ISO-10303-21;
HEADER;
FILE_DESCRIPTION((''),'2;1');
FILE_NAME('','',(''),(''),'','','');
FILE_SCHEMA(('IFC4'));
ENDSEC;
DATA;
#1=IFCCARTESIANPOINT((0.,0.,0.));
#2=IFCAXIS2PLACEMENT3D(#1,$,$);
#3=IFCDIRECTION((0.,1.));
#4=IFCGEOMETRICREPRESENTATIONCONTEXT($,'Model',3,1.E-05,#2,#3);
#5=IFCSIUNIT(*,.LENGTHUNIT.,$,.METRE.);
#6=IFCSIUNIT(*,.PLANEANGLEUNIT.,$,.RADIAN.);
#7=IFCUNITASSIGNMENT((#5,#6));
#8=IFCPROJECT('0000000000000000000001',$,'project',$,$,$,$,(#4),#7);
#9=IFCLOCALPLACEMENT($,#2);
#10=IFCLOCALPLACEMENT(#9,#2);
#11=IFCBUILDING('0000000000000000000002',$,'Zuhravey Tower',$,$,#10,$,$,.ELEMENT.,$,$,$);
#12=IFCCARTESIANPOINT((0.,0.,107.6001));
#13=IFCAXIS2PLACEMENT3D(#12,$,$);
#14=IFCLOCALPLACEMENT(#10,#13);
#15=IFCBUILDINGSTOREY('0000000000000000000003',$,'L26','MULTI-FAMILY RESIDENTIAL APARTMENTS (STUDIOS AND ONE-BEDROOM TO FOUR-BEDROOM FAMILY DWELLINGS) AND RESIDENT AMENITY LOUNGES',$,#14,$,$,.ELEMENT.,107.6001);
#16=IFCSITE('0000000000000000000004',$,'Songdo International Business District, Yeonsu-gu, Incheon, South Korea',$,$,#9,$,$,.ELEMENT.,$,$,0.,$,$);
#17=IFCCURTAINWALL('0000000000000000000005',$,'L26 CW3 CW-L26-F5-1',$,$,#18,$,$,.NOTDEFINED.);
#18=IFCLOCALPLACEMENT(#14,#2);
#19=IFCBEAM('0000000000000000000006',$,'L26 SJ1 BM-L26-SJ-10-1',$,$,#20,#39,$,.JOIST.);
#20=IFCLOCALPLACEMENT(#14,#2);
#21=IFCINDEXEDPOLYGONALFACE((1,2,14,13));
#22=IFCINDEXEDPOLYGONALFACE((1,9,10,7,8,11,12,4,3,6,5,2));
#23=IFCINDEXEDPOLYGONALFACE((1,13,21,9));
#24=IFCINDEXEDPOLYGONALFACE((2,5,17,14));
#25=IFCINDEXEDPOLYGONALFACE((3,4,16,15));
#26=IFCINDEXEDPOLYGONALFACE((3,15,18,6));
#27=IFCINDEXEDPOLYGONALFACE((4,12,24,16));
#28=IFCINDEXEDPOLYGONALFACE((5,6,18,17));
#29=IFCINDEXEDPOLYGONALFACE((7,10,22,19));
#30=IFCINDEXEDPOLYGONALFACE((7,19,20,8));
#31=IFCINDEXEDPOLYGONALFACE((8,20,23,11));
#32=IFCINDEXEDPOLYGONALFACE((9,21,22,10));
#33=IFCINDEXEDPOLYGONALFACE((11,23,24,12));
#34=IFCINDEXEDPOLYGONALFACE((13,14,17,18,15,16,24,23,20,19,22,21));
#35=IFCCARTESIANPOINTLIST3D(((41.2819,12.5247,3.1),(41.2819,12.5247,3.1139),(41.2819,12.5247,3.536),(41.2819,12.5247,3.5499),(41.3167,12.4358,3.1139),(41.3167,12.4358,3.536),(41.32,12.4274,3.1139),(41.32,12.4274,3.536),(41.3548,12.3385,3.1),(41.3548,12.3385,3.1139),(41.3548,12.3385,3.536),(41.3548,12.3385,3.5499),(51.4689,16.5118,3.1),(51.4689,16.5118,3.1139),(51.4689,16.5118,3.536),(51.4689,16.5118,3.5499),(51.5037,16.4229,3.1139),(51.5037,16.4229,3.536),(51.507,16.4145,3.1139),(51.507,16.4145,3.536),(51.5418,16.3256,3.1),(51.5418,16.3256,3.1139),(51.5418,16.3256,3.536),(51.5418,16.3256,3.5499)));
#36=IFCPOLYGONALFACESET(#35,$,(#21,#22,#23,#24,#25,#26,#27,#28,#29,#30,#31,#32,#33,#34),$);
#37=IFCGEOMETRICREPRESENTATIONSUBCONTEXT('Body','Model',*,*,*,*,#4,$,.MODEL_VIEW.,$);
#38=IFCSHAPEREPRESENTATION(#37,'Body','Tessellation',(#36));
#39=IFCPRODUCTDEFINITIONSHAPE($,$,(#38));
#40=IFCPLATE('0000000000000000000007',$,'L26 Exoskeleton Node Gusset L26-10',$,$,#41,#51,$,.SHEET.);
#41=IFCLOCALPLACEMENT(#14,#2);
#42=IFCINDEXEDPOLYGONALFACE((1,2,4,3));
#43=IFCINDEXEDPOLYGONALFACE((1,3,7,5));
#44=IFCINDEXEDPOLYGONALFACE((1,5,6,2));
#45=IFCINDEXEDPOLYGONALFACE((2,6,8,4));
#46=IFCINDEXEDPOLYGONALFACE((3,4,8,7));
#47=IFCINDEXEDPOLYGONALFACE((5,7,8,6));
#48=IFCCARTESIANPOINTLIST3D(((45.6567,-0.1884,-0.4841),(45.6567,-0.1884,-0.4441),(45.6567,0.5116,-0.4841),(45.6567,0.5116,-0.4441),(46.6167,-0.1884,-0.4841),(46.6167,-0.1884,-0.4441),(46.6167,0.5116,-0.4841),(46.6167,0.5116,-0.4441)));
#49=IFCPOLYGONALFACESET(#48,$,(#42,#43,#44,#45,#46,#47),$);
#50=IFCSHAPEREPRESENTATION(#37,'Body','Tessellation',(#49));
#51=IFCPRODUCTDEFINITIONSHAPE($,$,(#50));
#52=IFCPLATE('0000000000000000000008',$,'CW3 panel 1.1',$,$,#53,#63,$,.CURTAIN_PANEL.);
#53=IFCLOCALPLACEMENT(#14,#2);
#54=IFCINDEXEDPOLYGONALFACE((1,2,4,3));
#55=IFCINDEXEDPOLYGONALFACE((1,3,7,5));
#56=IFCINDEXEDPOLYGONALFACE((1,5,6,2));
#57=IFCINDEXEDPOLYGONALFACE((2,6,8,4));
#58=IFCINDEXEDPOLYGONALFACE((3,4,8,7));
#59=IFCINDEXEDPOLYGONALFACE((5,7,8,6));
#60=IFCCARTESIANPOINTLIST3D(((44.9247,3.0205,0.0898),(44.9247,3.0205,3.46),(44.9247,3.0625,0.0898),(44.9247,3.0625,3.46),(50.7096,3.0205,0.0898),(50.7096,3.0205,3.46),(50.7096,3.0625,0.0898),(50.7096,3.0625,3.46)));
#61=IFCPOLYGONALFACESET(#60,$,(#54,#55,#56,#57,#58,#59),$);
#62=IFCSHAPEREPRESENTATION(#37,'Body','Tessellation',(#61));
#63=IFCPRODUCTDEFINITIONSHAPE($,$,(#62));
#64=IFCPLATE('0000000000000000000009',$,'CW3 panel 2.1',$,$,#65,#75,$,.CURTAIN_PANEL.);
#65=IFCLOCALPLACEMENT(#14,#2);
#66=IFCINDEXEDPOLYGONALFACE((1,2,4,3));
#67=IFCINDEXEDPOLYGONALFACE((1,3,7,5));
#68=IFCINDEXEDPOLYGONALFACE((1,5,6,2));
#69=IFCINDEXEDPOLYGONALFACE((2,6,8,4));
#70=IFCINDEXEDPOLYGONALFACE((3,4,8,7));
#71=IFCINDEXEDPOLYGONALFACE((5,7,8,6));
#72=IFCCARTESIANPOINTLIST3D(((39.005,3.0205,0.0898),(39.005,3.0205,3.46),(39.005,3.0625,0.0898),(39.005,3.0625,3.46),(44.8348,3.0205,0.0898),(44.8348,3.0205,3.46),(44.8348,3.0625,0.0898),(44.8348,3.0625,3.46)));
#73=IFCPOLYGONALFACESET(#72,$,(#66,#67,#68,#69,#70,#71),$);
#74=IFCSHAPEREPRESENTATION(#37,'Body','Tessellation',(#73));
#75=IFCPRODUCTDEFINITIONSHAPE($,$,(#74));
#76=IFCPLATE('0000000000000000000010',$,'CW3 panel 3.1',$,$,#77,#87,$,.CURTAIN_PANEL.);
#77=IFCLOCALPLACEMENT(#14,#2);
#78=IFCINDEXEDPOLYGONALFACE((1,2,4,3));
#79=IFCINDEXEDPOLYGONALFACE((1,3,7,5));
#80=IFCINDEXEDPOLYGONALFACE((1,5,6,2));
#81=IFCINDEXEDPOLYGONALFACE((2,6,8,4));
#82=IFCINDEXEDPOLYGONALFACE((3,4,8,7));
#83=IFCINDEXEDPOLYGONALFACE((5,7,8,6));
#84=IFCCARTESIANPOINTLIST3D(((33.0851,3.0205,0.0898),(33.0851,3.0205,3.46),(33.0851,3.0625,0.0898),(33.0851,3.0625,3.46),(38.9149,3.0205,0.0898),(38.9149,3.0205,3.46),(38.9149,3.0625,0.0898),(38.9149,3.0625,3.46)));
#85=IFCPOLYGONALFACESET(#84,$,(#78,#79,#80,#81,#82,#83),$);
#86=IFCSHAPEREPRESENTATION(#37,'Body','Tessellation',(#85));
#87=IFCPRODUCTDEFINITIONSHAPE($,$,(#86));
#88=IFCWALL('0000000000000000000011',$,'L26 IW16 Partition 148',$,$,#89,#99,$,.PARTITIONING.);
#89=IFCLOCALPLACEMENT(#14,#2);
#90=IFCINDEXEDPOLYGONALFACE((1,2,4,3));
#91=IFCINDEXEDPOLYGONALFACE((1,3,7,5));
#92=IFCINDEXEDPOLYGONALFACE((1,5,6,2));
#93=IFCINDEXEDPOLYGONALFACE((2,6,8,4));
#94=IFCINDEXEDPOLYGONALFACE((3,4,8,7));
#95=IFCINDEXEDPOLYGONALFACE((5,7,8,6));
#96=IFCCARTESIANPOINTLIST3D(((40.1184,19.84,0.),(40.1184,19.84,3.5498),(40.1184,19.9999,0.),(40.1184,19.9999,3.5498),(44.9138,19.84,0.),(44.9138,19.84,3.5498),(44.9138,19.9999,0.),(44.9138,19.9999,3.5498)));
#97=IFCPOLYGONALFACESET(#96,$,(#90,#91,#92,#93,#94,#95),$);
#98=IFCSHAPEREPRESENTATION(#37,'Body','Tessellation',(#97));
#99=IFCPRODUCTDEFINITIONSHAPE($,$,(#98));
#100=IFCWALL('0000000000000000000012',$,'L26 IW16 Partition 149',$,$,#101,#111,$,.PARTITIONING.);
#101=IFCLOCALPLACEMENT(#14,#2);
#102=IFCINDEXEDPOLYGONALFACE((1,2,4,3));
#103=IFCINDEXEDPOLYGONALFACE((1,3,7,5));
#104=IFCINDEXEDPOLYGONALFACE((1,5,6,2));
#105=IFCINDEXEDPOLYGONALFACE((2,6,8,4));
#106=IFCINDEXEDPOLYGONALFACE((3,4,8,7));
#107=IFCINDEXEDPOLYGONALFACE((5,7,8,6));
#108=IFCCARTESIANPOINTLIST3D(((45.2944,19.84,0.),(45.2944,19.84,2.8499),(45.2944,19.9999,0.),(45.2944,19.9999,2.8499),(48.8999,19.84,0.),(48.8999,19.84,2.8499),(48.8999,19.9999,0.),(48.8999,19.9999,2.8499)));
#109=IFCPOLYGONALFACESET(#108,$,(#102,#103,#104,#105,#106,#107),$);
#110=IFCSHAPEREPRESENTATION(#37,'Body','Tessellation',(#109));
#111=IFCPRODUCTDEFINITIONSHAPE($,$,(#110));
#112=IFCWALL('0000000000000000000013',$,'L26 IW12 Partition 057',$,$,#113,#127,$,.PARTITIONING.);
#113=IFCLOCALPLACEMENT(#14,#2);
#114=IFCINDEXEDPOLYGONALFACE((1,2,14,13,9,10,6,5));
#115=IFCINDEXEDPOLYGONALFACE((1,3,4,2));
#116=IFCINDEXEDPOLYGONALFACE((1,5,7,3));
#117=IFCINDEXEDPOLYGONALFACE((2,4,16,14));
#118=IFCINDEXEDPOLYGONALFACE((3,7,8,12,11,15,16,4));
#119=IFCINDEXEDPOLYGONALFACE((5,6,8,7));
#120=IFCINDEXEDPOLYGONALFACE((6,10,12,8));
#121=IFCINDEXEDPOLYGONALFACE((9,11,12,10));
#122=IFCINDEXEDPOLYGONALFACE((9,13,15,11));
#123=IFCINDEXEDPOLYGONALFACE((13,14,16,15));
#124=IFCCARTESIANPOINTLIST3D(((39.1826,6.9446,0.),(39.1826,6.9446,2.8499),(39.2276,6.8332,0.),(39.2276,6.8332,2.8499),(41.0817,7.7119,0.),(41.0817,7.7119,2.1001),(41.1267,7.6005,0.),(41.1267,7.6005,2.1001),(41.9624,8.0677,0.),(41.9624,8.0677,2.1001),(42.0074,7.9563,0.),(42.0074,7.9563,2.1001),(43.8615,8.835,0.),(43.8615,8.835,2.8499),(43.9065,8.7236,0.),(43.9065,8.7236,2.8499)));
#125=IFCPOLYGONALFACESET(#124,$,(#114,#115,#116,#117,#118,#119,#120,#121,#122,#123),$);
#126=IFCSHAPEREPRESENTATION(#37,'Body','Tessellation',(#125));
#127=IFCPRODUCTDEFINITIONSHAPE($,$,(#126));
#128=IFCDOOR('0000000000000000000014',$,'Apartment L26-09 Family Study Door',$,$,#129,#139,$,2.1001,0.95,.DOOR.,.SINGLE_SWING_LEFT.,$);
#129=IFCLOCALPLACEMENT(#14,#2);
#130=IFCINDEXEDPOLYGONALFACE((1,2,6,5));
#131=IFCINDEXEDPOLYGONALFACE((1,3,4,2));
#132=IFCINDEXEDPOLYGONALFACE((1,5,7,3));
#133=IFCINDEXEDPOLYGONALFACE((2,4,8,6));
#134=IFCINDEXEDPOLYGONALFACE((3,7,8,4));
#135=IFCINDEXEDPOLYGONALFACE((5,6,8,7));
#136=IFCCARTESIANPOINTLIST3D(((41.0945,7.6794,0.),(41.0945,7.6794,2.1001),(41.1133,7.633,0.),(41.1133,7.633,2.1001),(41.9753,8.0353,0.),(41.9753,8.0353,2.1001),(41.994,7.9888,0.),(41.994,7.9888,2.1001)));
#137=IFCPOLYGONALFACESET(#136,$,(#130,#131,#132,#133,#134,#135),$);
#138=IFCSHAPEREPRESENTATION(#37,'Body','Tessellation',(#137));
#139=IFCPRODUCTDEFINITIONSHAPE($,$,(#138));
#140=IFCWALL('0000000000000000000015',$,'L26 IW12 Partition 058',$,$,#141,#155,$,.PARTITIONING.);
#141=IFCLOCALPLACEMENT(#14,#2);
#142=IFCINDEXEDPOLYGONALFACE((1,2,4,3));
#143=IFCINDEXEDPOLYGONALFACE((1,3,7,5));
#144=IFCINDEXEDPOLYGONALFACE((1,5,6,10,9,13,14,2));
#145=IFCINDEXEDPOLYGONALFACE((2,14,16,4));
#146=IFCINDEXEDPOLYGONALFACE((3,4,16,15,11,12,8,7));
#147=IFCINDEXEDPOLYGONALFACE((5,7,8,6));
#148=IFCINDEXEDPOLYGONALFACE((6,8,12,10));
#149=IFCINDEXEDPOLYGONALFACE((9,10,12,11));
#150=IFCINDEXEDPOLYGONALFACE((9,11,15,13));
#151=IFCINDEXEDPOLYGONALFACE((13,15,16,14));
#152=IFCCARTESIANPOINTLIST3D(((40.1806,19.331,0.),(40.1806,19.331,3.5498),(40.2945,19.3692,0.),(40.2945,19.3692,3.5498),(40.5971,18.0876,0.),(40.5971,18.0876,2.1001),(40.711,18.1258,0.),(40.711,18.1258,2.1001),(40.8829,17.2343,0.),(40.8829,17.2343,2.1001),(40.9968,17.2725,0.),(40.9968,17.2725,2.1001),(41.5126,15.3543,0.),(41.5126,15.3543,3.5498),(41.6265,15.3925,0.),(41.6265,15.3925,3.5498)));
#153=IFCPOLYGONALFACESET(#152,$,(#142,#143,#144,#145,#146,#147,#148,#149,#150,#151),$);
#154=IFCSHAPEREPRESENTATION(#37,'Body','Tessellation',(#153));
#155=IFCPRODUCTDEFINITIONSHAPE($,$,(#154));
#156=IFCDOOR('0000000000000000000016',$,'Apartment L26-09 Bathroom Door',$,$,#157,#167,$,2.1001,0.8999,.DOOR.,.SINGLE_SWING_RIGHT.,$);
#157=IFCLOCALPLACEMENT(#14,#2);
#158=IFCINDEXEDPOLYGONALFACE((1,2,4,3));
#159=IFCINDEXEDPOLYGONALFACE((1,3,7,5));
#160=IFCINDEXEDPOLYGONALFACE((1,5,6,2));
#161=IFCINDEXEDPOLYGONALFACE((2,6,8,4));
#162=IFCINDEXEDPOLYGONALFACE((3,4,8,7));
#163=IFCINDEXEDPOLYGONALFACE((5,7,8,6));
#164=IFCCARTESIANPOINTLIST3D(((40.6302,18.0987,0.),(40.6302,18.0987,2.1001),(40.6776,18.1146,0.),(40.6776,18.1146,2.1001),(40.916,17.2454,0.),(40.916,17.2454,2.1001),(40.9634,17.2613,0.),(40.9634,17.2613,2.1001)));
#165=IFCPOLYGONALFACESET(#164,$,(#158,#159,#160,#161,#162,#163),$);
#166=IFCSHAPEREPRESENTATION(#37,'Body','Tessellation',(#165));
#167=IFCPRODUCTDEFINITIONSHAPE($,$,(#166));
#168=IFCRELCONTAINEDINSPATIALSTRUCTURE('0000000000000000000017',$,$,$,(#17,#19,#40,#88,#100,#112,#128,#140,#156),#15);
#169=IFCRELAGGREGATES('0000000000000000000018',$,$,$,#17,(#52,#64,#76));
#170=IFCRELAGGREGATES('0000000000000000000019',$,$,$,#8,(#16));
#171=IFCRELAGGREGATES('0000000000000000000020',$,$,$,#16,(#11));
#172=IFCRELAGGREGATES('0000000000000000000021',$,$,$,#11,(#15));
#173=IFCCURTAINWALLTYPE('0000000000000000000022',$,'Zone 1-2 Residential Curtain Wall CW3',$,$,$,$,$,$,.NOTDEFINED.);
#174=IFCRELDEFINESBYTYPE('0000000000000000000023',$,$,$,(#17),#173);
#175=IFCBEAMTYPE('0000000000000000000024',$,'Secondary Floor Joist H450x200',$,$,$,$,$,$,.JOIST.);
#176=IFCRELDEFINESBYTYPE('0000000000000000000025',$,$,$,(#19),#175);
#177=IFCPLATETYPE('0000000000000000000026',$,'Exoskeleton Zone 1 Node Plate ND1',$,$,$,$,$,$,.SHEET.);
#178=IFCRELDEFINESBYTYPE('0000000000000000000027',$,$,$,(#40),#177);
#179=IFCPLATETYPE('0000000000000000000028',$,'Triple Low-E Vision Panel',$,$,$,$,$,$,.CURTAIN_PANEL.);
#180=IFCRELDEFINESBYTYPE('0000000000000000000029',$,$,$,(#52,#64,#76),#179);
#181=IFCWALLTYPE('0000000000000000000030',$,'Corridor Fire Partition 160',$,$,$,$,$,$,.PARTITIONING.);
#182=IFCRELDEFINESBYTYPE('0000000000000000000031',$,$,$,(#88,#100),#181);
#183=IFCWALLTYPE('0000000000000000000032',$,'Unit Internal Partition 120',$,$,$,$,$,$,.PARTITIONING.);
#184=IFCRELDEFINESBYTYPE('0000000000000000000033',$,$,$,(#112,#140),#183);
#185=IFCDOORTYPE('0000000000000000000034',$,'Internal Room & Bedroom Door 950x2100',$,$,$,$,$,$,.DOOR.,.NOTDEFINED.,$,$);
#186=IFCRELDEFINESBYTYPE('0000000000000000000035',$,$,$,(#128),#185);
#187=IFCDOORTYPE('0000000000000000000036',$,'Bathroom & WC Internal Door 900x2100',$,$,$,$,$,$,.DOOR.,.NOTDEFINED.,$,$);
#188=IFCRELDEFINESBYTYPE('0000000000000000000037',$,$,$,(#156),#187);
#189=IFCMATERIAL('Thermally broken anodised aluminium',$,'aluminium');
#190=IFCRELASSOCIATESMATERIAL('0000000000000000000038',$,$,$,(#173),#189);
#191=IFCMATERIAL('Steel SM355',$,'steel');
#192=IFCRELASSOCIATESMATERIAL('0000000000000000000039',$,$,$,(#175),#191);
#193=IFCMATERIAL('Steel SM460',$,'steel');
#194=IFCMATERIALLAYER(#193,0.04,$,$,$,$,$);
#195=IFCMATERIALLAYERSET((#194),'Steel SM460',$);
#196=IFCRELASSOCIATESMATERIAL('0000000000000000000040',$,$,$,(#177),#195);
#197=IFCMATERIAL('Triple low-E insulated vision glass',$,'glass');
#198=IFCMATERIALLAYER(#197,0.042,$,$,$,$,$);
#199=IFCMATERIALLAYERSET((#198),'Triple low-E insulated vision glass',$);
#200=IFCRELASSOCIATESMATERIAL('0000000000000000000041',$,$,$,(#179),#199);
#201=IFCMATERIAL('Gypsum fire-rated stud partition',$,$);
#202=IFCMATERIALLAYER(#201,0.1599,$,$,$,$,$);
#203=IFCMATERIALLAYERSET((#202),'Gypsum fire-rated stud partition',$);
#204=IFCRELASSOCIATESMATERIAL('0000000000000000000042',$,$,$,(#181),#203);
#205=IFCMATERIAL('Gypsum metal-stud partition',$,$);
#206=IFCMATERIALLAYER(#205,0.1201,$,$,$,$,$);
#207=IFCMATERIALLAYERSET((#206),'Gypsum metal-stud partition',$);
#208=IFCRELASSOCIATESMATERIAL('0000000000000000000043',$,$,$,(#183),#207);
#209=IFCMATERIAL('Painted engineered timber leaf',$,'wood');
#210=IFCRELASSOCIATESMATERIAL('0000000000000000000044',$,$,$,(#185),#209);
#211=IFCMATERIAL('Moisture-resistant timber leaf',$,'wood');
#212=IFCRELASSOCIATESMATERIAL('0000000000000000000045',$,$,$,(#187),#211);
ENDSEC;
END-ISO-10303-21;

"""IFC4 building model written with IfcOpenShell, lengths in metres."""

from ifc_helpers import new_model, si_unit, direction, frame, frame_2d, origin, origin_2d, place, context, subcontext, project, spatial, rectangle, i_section, extrude, material, layer, layer_set, material_profile, profile_set, type_object, element, fill, aggregate, save


model = new_model("IFC4")

# Units and contexts
model_context = context("Model", 3, precision=1e-05, world=origin(), true_north=direction((0.0, 1.0)))
body_context = subcontext(model_context, "Body", "Model", "MODEL_VIEW")
ifc_project = project(units=[si_unit("LENGTHUNIT", "METRE"), si_unit("PLANEANGLEUNIT", "RADIAN")], contexts=[model_context])

# Site, building, storey
site_placement = place(None, origin())
site = spatial("IfcSite", under=ifc_project, at=site_placement, Name="Songdo International Business District, Yeonsu-gu, Incheon, South Korea", CompositionType="ELEMENT", RefElevation=0.0)
building_placement = place(site_placement, origin())
building = spatial("IfcBuilding", under=site, at=building_placement, Name="Zuhravey Tower", CompositionType="ELEMENT")
storey_placement = place(building_placement, frame((0.0, 0.0, 107.6001)))
storey = spatial("IfcBuildingStorey", under=building, at=storey_placement, Name="L26", Description="MULTI-FAMILY RESIDENTIAL APARTMENTS (STUDIOS AND ONE-BEDROOM TO FOUR-BEDROOM FAMILY DWELLINGS) AND RESIDENT AMENITY LOUNGES", CompositionType="ELEMENT", Elevation=107.6001)

# Curtain wall
ifc_material_1 = material(Name="Thermally broken anodised aluminium", Category="aluminium")
curtain_wall_type = type_object("IfcCurtainWallType", Name="Zone 1-2 Residential Curtain Wall CW3", PredefinedType="NOTDEFINED", material=ifc_material_1)
curtain_wall_placement = place(storey_placement, origin())
curtain_wall = element("IfcCurtainWall", 1, at=curtain_wall_placement, inside=storey, type_object=curtain_wall_type, Name="L26 CW3 CW-L26-F5-1", PredefinedType="NOTDEFINED")

# Shared definitions
ifc_material_2 = material(Name="Steel SM460", Category="steel")

# Beam
ifc_material_3 = material(Name="Steel SM355", Category="steel")
ifc_material_profile_1 = material_profile(ifc_material_3, i_section(OverallWidth=0.2, OverallDepth=0.45, WebThickness=0.009, FlangeThickness=0.0139, at=origin_2d()), Name="H-450x200x9x14")
ifc_profile_set_1 = profile_set([ifc_material_profile_1], Name="Steel SM355")
beam_type_1 = type_object("IfcBeamType", Name="Secondary Floor Joist H450x200", PredefinedType="JOIST", material=ifc_profile_set_1)
beam_1_placement = place(storey_placement, frame((41.3184, 12.4316, 3.325), z_axis=(0.931217, 0.364466, 0.0), x_axis=(-0.364466, 0.931217, 0.0)))
element("IfcBeam", 2, at=beam_1_placement, inside=storey, type_object=beam_type_1, Name="L26 SJ1 BM-L26-SJ-10-1", PredefinedType="JOIST", context=body_context, shape_type="SweptSolid", body=[
    extrude(i_section(OverallWidth=0.2, OverallDepth=0.45, WebThickness=0.009, FlangeThickness=0.0139, at=origin_2d()), origin(), (0.0, 0.0, 1.0), 10.9395),
])

# Plates
ifc_layer_1 = layer(ifc_material_2, 0.04)
ifc_layer_set_1 = layer_set([ifc_layer_1], Name="Steel SM460")
plate_type_1 = type_object("IfcPlateType", Name="Exoskeleton Zone 1 Node Plate ND1", PredefinedType="SHEET", material=ifc_layer_set_1)
plate_1_placement = place(storey_placement, frame((46.1367, 0.1616, -0.4841), z_axis=(0.0, 0.0, 1.0), x_axis=(1.0, 0.0, 0.0)))
element("IfcPlate", 3, at=plate_1_placement, inside=storey, type_object=plate_type_1, Name="L26 Exoskeleton Node Gusset L26-10", PredefinedType="SHEET", context=body_context, shape_type="SweptSolid", body=[
    extrude(rectangle(XDim=0.96, YDim=0.7, at=origin_2d()), origin(), (0.0, 0.0, 1.0), 0.04),
])
ifc_material_4 = material(Name="Triple low-E insulated vision glass", Category="glass")
ifc_layer_2 = layer(ifc_material_4, 0.042)
ifc_layer_set_2 = layer_set([ifc_layer_2], Name="Triple low-E insulated vision glass")
plate_type_2 = type_object("IfcPlateType", Name="Triple Low-E Vision Panel", PredefinedType="CURTAIN_PANEL", material=ifc_layer_set_2)
plate_2_placement = place(storey_placement, frame((47.8171, 3.0415, 0.0898), z_axis=(0.0, 0.0, 1.0), x_axis=(-1.0, 0.0, 0.0)))
plate_2 = element("IfcPlate", 4, at=plate_2_placement, type_object=plate_type_2, Name="CW3 panel 1.1", PredefinedType="CURTAIN_PANEL", context=body_context, shape_type="SweptSolid", body=[
    extrude(rectangle(XDim=5.7849, YDim=0.042, at=origin_2d()), origin(), (0.0, 0.0, 1.0), 3.3701),
])
plate_3_placement = place(storey_placement, frame((41.9199, 3.0415, 0.0898), z_axis=(0.0, 0.0, 1.0), x_axis=(-1.0, 0.0, 0.0)))
plate_3 = element("IfcPlate", 5, at=plate_3_placement, type_object=plate_type_2, Name="CW3 panel 2.1", PredefinedType="CURTAIN_PANEL", context=body_context, shape_type="SweptSolid", body=[
    extrude(rectangle(XDim=5.8298, YDim=0.042, at=origin_2d()), origin(), (0.0, 0.0, 1.0), 3.3701),
])
plate_4_placement = place(storey_placement, frame((36.0, 3.0415, 0.0898), z_axis=(0.0, 0.0, 1.0), x_axis=(-1.0, 0.0, 0.0)))
plate_4 = element("IfcPlate", 6, at=plate_4_placement, type_object=plate_type_2, Name="CW3 panel 3.1", PredefinedType="CURTAIN_PANEL", context=body_context, shape_type="SweptSolid", body=[
    extrude(rectangle(XDim=5.8298, YDim=0.042, at=origin_2d()), origin(), (0.0, 0.0, 1.0), 3.3701),
])
aggregate(curtain_wall, [plate_2, plate_3, plate_4])

# Shared definitions
ifc_material_5 = material(Name="Gypsum fire-rated stud partition")
ifc_layer_3 = layer(ifc_material_5, 0.1599)
ifc_layer_set_3 = layer_set([ifc_layer_3], Name="Gypsum fire-rated stud partition")
wall_type_1 = type_object("IfcWallType", Name="Corridor Fire Partition 160", PredefinedType="PARTITIONING", material=ifc_layer_set_3)

# Walls
wall_1_placement = place(storey_placement, frame((40.1184, 19.9199, 0.0), z_axis=(0.0, 0.0, 1.0), x_axis=(1.0, 0.0, 0.0)))
element("IfcWall", 7, at=wall_1_placement, inside=storey, type_object=wall_type_1, Name="L26 IW16 Partition 148", PredefinedType="PARTITIONING", context=body_context, shape_type="SweptSolid", body=[
    extrude(rectangle(XDim=4.7954, YDim=0.1599, at=frame_2d((2.3977, 0.0))), origin(), (0.0, 0.0, 1.0), 3.5498),
])
wall_2_placement = place(storey_placement, frame((45.2944, 19.9199, 0.0), z_axis=(0.0, 0.0, 1.0), x_axis=(1.0, 0.0, 0.0)))
element("IfcWall", 8, at=wall_2_placement, inside=storey, type_object=wall_type_1, Name="L26 IW16 Partition 149", PredefinedType="PARTITIONING", context=body_context, shape_type="SweptSolid", body=[
    extrude(rectangle(XDim=3.6055, YDim=0.1599, at=frame_2d((1.8027, 0.0))), origin(), (0.0, 0.0, 1.0), 2.8499),
])

# Walls, openings, doors
ifc_material_6 = material(Name="Gypsum metal-stud partition")
ifc_layer_4 = layer(ifc_material_6, 0.1201)
ifc_layer_set_4 = layer_set([ifc_layer_4], Name="Gypsum metal-stud partition")
wall_type_2 = type_object("IfcWallType", Name="Unit Internal Partition 120", PredefinedType="PARTITIONING", material=ifc_layer_set_4)
wall_3_placement = place(storey_placement, frame((39.2051, 6.8889, 0.0), z_axis=(0.0, 0.0, 1.0), x_axis=(0.927187, 0.3746, 0.0)))
wall_3 = element("IfcWall", 9, at=wall_3_placement, inside=storey, type_object=wall_type_2, Name="L26 IW12 Partition 057", PredefinedType="PARTITIONING", context=body_context, shape_type="SweptSolid", body=[
    extrude(rectangle(XDim=5.0464, YDim=0.1201, at=frame_2d((2.5232, 0.0))), origin(), (0.0, 0.0, 1.0), 2.8499),
])
opening_1_placement = place(wall_3_placement, frame((2.0481, 0.0, 0.0)))
opening_1 = element("IfcOpeningElement", 10, at=opening_1_placement, cuts=wall_3, PredefinedType="OPENING", context=body_context, shape_type="SweptSolid", body=[
    extrude(rectangle(XDim=0.95, YDim=2.1001, at=frame_2d((0.4751, 1.05))), frame((0.0, 0.072, 0.0), z_axis=(0.0, -1.0, 0.0), x_axis=(1.0, 0.0, 0.0)), (0.0, 0.0, 1.0), 0.144),
])
ifc_material_7 = material(Name="Painted engineered timber leaf", Category="wood")
door_type_1 = type_object("IfcDoorType", Name="Internal Room & Bedroom Door 950x2100", OperationType="NOTDEFINED", PredefinedType="DOOR", material=ifc_material_7)
door_1_placement = place(opening_1_placement, frame((0.95, 0.0, 0.0), z_axis=(0.0, 0.0, 1.0), x_axis=(-1.0, 0.0, 0.0)))
door_1 = element("IfcDoor", 11, at=door_1_placement, inside=storey, type_object=door_type_1, Name="Apartment L26-09 Family Study Door", OperationType="SINGLE_SWING_LEFT", OverallHeight=2.1001, OverallWidth=0.95, PredefinedType="DOOR", context=body_context, shape_type="SweptSolid", body=[
    extrude(rectangle(XDim=0.95, YDim=2.1001, at=frame_2d((0.4751, 1.05))), frame((0.0, 0.0249, 0.0), z_axis=(0.0, -1.0, 0.0), x_axis=(1.0, 0.0, 0.0)), (0.0, 0.0, 1.0), 0.05),
])
fill(opening_1, door_1)
wall_4_placement = place(storey_placement, frame((40.2375, 19.3501, 0.0), z_axis=(0.0, 0.0, 1.0), x_axis=(0.317607, -0.948222, 0.0)))
wall_4 = element("IfcWall", 12, at=wall_4_placement, inside=storey, type_object=wall_type_2, Name="L26 IW12 Partition 058", PredefinedType="PARTITIONING", context=body_context, shape_type="SweptSolid", body=[
    extrude(rectangle(XDim=4.1938, YDim=0.1201, at=frame_2d((2.0969, 0.0))), origin(), (0.0, 0.0, 1.0), 3.5498),
])
opening_2_placement = place(wall_4_placement, frame((1.3113, 0.0, 0.0)))
opening_2 = element("IfcOpeningElement", 13, at=opening_2_placement, cuts=wall_4, PredefinedType="OPENING", context=body_context, shape_type="SweptSolid", body=[
    extrude(rectangle(XDim=0.8999, YDim=2.1001, at=frame_2d((0.45, 1.05))), frame((0.0, 0.072, 0.0), z_axis=(0.0, -1.0, 0.0), x_axis=(1.0, 0.0, 0.0)), (0.0, 0.0, 1.0), 0.144),
])
ifc_material_8 = material(Name="Moisture-resistant timber leaf", Category="wood")
door_type_2 = type_object("IfcDoorType", Name="Bathroom & WC Internal Door 900x2100", OperationType="NOTDEFINED", PredefinedType="DOOR", material=ifc_material_8)
door_2_placement = place(opening_2_placement, origin())
door_2 = element("IfcDoor", 14, at=door_2_placement, inside=storey, type_object=door_type_2, Name="Apartment L26-09 Bathroom Door", OperationType="SINGLE_SWING_RIGHT", OverallHeight=2.1001, OverallWidth=0.8999, PredefinedType="DOOR", context=body_context, shape_type="SweptSolid", body=[
    extrude(rectangle(XDim=0.8999, YDim=2.1001, at=frame_2d((0.45, 1.05))), frame((0.0, 0.0249, 0.0), z_axis=(0.0, -1.0, 0.0), x_axis=(1.0, 0.0, 0.0)), (0.0, 0.0, 1.0), 0.05),
])
fill(opening_2, door_2)

save(model, "model.ifc")
